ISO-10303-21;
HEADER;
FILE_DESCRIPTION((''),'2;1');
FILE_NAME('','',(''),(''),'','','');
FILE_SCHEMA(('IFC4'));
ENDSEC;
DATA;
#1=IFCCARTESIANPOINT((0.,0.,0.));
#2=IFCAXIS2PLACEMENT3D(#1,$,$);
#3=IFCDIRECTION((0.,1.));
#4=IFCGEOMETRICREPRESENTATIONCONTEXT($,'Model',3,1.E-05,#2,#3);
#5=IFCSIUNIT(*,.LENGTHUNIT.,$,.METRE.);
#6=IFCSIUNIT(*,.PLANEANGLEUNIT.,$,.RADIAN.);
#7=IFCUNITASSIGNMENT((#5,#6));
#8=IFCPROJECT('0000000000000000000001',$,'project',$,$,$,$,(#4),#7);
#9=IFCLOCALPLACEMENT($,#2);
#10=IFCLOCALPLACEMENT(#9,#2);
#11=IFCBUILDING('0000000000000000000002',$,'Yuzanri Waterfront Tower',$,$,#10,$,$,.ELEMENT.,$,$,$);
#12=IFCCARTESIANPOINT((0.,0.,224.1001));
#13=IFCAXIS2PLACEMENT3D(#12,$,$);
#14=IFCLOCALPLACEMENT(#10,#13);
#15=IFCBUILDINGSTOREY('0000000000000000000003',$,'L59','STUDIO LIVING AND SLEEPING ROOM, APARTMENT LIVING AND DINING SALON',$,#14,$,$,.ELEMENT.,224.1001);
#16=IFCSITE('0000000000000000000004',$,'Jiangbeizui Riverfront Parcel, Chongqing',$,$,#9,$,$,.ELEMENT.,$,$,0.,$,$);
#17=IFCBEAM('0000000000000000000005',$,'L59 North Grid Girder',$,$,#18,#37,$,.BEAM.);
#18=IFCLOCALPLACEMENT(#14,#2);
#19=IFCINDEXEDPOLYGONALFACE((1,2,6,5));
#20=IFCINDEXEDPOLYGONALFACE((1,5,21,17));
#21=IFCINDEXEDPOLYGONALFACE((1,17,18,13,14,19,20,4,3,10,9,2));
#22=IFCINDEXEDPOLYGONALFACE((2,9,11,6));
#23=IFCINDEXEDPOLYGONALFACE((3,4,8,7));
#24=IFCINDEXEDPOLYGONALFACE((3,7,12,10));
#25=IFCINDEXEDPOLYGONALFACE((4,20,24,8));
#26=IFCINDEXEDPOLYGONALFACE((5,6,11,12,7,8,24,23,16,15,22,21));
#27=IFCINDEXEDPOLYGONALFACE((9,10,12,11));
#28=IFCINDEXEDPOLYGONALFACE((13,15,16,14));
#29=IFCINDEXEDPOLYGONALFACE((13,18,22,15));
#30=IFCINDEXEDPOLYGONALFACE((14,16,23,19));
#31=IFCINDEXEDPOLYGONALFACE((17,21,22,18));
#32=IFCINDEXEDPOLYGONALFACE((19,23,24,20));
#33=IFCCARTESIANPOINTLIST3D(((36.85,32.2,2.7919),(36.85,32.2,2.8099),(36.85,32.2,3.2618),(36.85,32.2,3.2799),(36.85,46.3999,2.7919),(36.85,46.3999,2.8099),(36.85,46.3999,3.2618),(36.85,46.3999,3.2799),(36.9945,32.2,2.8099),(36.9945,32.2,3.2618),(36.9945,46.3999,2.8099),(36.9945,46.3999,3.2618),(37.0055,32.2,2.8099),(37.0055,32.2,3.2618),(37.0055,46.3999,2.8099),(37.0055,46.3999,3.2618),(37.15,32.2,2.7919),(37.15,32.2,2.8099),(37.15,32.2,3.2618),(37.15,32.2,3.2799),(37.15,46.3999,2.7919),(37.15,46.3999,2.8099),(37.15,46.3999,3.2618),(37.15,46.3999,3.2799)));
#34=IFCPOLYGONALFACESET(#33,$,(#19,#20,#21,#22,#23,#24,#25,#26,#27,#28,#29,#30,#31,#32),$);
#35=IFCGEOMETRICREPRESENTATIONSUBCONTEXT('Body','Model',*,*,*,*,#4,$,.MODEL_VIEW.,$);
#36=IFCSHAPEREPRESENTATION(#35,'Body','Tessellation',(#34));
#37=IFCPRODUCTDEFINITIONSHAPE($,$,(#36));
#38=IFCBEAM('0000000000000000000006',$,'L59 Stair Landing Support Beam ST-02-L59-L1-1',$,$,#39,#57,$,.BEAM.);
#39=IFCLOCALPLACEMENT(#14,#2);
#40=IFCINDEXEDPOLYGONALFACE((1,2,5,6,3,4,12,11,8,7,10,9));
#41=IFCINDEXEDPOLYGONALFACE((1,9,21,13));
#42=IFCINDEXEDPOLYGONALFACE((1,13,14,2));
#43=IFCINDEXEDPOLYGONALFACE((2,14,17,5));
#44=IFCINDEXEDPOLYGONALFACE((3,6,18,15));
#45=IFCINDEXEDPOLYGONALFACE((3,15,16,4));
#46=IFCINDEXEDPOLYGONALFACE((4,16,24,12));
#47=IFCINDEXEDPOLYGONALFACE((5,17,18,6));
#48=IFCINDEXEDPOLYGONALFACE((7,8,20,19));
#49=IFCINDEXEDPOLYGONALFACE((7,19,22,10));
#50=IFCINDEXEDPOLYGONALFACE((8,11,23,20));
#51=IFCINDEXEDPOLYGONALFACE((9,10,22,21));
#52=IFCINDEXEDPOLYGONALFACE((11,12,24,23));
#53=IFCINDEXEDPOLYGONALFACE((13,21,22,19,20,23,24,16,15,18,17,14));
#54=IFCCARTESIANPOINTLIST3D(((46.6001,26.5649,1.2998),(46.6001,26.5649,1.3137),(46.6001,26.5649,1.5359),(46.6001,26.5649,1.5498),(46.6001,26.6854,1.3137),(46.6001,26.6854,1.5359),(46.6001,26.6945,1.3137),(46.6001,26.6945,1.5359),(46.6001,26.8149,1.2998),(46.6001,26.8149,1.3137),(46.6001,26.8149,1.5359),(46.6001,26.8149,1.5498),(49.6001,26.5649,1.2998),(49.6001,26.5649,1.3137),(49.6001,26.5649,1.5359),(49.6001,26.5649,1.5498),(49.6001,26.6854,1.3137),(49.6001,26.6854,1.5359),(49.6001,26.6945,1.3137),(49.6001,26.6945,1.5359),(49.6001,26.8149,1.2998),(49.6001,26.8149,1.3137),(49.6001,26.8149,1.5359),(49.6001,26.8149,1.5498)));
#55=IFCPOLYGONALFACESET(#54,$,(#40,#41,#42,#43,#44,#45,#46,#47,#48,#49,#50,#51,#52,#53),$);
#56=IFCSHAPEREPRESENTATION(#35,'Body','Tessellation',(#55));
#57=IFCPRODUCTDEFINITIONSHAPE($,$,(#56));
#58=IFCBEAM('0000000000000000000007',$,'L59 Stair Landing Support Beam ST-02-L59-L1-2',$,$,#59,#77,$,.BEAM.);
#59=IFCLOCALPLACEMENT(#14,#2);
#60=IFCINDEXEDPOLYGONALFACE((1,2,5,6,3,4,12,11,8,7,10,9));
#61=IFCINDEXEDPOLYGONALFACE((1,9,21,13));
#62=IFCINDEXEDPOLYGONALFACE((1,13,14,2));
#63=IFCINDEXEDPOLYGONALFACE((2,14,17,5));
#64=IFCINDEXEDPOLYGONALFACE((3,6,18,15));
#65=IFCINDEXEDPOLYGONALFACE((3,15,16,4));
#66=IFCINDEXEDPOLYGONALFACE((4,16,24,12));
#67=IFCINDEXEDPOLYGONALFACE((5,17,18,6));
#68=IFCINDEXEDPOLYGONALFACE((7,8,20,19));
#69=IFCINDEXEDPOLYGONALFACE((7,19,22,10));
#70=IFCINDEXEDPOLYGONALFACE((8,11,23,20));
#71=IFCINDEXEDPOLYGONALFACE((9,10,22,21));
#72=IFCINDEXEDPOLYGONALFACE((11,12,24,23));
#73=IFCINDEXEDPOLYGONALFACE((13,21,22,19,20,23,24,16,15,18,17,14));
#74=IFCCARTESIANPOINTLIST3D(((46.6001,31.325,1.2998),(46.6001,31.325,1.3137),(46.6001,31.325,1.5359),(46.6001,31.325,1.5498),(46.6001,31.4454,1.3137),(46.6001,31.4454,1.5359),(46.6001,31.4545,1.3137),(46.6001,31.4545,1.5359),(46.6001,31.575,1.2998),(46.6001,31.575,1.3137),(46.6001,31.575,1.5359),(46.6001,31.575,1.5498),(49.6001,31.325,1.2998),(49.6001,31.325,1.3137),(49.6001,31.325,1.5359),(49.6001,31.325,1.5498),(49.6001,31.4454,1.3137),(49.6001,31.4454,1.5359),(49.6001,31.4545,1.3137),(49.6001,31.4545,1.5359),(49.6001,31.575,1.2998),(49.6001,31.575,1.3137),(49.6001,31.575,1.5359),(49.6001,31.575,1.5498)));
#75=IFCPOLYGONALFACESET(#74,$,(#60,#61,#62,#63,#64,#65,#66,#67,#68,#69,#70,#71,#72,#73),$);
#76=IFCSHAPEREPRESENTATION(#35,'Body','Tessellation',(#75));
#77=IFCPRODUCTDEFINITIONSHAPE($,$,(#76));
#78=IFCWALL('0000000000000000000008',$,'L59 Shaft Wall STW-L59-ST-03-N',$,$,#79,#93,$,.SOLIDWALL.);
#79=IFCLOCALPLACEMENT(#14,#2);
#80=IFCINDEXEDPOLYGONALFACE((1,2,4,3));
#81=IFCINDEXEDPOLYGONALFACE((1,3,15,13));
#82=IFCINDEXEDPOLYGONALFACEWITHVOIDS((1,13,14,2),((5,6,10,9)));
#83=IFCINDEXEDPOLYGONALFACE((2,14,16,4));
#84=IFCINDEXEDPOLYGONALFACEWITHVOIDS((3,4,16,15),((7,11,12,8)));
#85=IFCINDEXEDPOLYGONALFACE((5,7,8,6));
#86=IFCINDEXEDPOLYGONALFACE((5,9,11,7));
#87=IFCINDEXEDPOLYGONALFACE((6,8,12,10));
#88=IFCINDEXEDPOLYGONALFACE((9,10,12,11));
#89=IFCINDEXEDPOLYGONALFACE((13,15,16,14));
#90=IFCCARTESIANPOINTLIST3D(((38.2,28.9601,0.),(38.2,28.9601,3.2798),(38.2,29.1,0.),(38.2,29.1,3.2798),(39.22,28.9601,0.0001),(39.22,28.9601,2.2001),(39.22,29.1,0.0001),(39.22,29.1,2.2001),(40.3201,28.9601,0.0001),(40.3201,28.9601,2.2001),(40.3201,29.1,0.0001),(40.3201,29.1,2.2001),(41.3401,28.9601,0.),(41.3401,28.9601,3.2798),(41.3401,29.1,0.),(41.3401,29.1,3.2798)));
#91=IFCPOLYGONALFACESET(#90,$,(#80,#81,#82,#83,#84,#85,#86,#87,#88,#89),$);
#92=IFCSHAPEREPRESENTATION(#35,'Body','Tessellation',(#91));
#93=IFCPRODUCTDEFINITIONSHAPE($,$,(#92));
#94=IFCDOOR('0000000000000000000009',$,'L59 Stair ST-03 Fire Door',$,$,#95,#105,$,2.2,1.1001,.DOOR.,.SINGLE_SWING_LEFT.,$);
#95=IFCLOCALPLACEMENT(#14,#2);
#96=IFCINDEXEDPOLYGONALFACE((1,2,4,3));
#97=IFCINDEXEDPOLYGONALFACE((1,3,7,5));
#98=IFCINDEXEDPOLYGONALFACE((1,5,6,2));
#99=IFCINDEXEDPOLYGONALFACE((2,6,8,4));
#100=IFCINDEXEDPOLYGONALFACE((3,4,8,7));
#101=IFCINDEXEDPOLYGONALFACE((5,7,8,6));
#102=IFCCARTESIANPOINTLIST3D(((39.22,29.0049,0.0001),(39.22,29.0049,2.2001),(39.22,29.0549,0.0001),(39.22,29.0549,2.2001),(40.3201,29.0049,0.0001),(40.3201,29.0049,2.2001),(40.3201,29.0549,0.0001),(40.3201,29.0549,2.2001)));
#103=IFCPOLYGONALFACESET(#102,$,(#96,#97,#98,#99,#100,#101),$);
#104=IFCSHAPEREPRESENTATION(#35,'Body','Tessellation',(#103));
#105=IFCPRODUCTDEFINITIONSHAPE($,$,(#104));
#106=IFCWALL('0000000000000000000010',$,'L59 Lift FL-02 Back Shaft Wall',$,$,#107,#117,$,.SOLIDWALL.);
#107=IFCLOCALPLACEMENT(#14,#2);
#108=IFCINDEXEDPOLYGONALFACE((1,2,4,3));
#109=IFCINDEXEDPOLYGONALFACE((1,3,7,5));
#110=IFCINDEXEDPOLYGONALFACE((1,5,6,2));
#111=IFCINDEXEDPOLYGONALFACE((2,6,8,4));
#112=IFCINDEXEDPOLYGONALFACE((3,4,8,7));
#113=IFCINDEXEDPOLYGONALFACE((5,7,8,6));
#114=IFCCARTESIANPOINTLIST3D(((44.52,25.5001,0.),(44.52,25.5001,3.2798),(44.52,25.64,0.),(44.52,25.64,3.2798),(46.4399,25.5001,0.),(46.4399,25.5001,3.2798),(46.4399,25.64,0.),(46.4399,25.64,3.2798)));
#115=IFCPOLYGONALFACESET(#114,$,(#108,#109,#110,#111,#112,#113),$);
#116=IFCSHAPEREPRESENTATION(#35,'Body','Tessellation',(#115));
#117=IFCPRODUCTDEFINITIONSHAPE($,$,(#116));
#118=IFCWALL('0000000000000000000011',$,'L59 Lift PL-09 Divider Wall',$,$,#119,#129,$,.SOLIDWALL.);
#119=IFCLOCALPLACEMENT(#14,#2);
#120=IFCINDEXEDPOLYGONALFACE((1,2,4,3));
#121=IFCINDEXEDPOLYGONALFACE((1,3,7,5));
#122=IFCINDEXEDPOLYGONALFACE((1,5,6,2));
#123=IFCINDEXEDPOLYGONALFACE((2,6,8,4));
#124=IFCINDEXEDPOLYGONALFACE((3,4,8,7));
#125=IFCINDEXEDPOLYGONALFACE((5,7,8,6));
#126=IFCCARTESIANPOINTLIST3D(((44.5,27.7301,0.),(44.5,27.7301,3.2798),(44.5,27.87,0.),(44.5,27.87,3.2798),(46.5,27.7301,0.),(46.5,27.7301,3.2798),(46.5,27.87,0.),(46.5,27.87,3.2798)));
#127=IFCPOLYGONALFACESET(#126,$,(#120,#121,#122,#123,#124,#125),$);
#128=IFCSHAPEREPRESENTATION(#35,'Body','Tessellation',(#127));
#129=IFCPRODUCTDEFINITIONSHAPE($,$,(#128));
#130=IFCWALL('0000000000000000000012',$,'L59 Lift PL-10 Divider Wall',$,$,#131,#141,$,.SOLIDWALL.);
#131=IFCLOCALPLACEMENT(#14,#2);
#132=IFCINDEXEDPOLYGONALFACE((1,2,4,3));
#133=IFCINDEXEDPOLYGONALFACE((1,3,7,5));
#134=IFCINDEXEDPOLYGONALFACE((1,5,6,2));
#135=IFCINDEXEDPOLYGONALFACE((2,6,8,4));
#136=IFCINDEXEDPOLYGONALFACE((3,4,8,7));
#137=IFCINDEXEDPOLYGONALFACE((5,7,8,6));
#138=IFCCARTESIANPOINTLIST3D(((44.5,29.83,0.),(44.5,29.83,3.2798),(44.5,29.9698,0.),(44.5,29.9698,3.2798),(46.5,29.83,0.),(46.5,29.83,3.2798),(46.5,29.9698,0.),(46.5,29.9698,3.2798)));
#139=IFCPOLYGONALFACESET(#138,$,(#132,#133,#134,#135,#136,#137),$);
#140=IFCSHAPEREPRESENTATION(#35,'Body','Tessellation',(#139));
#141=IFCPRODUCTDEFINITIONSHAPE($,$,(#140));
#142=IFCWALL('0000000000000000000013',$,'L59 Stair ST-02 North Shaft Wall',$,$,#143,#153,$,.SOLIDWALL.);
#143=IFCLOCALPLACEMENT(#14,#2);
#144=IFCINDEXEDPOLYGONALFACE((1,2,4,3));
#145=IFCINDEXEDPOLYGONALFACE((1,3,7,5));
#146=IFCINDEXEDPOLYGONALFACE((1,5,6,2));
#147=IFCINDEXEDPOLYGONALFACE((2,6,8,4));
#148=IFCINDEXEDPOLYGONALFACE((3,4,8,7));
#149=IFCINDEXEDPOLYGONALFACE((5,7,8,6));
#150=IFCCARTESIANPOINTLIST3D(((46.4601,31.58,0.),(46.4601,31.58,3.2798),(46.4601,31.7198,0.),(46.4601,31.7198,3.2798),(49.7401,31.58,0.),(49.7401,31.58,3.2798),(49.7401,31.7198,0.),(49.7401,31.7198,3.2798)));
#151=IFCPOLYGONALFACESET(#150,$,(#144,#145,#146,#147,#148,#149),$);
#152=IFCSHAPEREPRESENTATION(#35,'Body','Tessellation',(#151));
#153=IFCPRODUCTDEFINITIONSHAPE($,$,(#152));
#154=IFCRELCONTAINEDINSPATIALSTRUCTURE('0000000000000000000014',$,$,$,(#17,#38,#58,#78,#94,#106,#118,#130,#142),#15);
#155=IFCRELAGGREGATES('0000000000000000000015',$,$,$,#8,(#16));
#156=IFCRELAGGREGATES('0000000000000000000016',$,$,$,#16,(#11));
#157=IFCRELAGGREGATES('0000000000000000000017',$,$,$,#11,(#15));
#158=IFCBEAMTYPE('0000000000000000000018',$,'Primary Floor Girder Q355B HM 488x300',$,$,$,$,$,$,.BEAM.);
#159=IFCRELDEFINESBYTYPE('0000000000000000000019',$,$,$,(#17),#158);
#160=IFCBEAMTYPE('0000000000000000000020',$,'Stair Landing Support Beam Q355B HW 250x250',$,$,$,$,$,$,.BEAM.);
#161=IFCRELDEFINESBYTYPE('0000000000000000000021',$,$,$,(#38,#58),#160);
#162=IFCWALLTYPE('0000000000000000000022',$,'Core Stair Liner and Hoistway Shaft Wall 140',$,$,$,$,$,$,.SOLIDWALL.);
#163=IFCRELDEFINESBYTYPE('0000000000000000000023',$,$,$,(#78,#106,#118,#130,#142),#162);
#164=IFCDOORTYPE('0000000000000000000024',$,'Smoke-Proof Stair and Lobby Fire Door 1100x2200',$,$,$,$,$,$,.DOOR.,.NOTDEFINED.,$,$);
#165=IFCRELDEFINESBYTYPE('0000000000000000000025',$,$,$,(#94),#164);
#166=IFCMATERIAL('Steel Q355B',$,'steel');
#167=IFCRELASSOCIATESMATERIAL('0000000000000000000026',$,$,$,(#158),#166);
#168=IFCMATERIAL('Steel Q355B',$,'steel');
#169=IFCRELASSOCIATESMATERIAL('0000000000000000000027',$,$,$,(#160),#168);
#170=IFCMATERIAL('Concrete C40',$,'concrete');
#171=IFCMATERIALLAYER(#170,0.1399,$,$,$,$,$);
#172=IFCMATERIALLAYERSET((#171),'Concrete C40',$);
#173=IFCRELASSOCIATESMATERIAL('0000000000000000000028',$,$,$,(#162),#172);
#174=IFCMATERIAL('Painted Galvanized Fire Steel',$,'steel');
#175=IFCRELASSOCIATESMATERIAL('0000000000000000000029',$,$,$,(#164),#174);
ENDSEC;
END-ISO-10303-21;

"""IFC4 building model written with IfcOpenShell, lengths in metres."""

from ifc_helpers import new_model, si_unit, direction, frame, frame_2d, origin, origin_2d, place, context, subcontext, project, spatial, rectangle, i_section, extrude, source, transform, mapped, material, layer, layer_set, material_profile, profile_set, type_object, element, fill, save


model = new_model("IFC4")

# Units and contexts
model_context = context("Model", 3, precision=1e-05, world=origin(), true_north=direction((0.0, 1.0)))
body_context = subcontext(model_context, "Body", "Model", "MODEL_VIEW")
ifc_project = project(units=[si_unit("LENGTHUNIT", "METRE"), si_unit("PLANEANGLEUNIT", "RADIAN")], contexts=[model_context])

# Site, building, storey
site_placement = place(None, origin())
site = spatial("IfcSite", under=ifc_project, at=site_placement, Name="Jiangbeizui Riverfront Parcel, Chongqing", CompositionType="ELEMENT", RefElevation=0.0)
building_placement = place(site_placement, origin())
building = spatial("IfcBuilding", under=site, at=building_placement, Name="Yuzanri Waterfront Tower", CompositionType="ELEMENT")
storey_placement = place(building_placement, frame((0.0, 0.0, 224.1001)))
storey = spatial("IfcBuildingStorey", under=building, at=storey_placement, Name="L59", Description="STUDIO LIVING AND SLEEPING ROOM, APARTMENT LIVING AND DINING SALON", CompositionType="ELEMENT", Elevation=224.1001)

# Beams
ifc_material_1 = material(Name="Steel Q355B", Category="steel")
ifc_material_profile_1 = material_profile(ifc_material_1, i_section(OverallWidth=0.3, OverallDepth=0.488, WebThickness=0.011, FlangeThickness=0.0181, at=origin_2d()), Name="HM 488x300x11x18")
ifc_profile_set_1 = profile_set([ifc_material_profile_1], Name="Steel Q355B")
beam_type_1 = type_object("IfcBeamType", Name="Primary Floor Girder Q355B HM 488x300", PredefinedType="BEAM", material=ifc_profile_set_1)
shared_shape_1 = source(origin(), body_context, "Body", "SweptSolid", [
    extrude(i_section(OverallWidth=0.3, OverallDepth=0.488, WebThickness=0.011, FlangeThickness=0.0181, at=origin_2d()), origin(), (0.0, 0.0, 1.0), 14.2),
])
beam_placement = place(storey_placement, frame((37.0, 32.2, 3.0359), z_axis=(0.0, 1.0, 0.0), x_axis=(-1.0, 0.0, 0.0)))
element("IfcBeam", 1, at=beam_placement, inside=storey, type_object=beam_type_1, Name="L59 North Grid Girder", PredefinedType="BEAM", context=body_context, shape_type="MappedRepresentation", body=[
    mapped(shared_shape_1, transform((0.0, 0.0, 0.0), scale=1.0)),
])
ifc_material_2 = material(Name="Steel Q355B", Category="steel")
ifc_material_profile_2 = material_profile(ifc_material_2, i_section(OverallWidth=0.25, OverallDepth=0.25, WebThickness=0.009, FlangeThickness=0.0139, at=origin_2d()), Name="HW 250x250x9x14")
ifc_profile_set_2 = profile_set([ifc_material_profile_2], Name="Steel Q355B")
beam_type_2 = type_object("IfcBeamType", Name="Stair Landing Support Beam Q355B HW 250x250", PredefinedType="BEAM", material=ifc_profile_set_2)
shared_shape_2 = source(origin(), body_context, "Body", "SweptSolid", [
    extrude(i_section(OverallWidth=0.25, OverallDepth=0.25, WebThickness=0.009, FlangeThickness=0.0139, at=origin_2d()), origin(), (0.0, 0.0, 1.0), 3.0),
])
for number, where, z_axis, x_axis, name in (
    (2, (46.6001, 26.6899, 1.4248), (1.0, 0.0, 0.0), (0.0, 1.0, 0.0), "L59 Stair Landing Support Beam ST-02-L59-L1-1"),
    (3, (46.6001, 31.45, 1.4248), (1.0, 0.0, 0.0), (0.0, 1.0, 0.0), "L59 Stair Landing Support Beam ST-02-L59-L1-2"),
):
    element("IfcBeam", number, at=place(storey_placement, frame(where, z_axis=z_axis, x_axis=x_axis)), inside=storey, type_object=beam_type_2, Name=name, PredefinedType="BEAM", context=body_context, shape_type="MappedRepresentation", body=[
        mapped(shared_shape_2, transform((0.0, 0.0, 0.0), scale=1.0)),
    ])

# Wall, opening, door
ifc_material_3 = material(Name="Concrete C40", Category="concrete")
ifc_layer_1 = layer(ifc_material_3, 0.1399)
ifc_layer_set_1 = layer_set([ifc_layer_1], Name="Concrete C40")
wall_type = type_object("IfcWallType", Name="Core Stair Liner and Hoistway Shaft Wall 140", PredefinedType="SOLIDWALL", material=ifc_layer_set_1)
wall_1_placement = place(storey_placement, frame((38.2, 29.03, 0.0), z_axis=(0.0, 0.0, 1.0), x_axis=(1.0, 0.0, 0.0)))
wall_1 = element("IfcWall", 4, at=wall_1_placement, inside=storey, type_object=wall_type, Name="L59 Shaft Wall STW-L59-ST-03-N", PredefinedType="SOLIDWALL", context=body_context, shape_type="SweptSolid", body=[
    extrude(rectangle(XDim=3.1401, YDim=0.1399, at=frame_2d((1.5701, 0.0))), origin(), (0.0, 0.0, 1.0), 3.2798),
])
opening_placement = place(wall_1_placement, frame((1.02, 0.0, 0.0)))
opening = element("IfcOpeningElement", 5, at=opening_placement, cuts=wall_1, PredefinedType="OPENING", context=body_context, shape_type="SweptSolid", body=[
    extrude(rectangle(XDim=1.1001, YDim=2.2, at=frame_2d((0.55, 1.1001))), frame((0.0, 0.085, 0.0), z_axis=(0.0, -1.0, 0.0), x_axis=(1.0, 0.0, 0.0)), (0.0, 0.0, 1.0), 0.1697),
])
ifc_material_4 = material(Name="Painted Galvanized Fire Steel", Category="steel")
door_type = type_object("IfcDoorType", Name="Smoke-Proof Stair and Lobby Fire Door 1100x2200", OperationType="NOTDEFINED", PredefinedType="DOOR", material=ifc_material_4)
shared_shape_3 = source(origin(), body_context, "Body", "SweptSolid", [
    extrude(rectangle(XDim=1.1001, YDim=2.2, at=frame_2d((0.55, 1.1001))), frame((0.0, 0.0249, 0.0), z_axis=(0.0, -1.0, 0.0), x_axis=(1.0, 0.0, 0.0)), (0.0, 0.0, 1.0), 0.05),
])
door_placement = place(opening_placement, origin())
door = element("IfcDoor", 6, at=door_placement, inside=storey, type_object=door_type, Name="L59 Stair ST-03 Fire Door", OperationType="SINGLE_SWING_LEFT", OverallHeight=2.2, OverallWidth=1.1001, PredefinedType="DOOR", context=body_context, shape_type="MappedRepresentation", body=[
    mapped(shared_shape_3, transform((0.0, 0.0, 0.0), scale=1.0)),
])
fill(opening, door)

# Walls
shared_shape_4 = source(origin(), body_context, "Body", "SweptSolid", [
    extrude(rectangle(XDim=1.9199, YDim=0.1399, at=frame_2d((0.96, 0.0))), origin(), (0.0, 0.0, 1.0), 3.2798),
])
wall_2_placement = place(storey_placement, frame((44.52, 25.5701, 0.0), z_axis=(0.0, 0.0, 1.0), x_axis=(1.0, 0.0, 0.0)))
element("IfcWall", 7, at=wall_2_placement, inside=storey, type_object=wall_type, Name="L59 Lift FL-02 Back Shaft Wall", PredefinedType="SOLIDWALL", context=body_context, shape_type="MappedRepresentation", body=[
    mapped(shared_shape_4, transform((0.0, 0.0, 0.0), scale=1.0)),
])
shared_shape_5 = source(origin(), body_context, "Body", "SweptSolid", [
    extrude(rectangle(XDim=2.0, YDim=0.1399, at=frame_2d((1.0, 0.0))), origin(), (0.0, 0.0, 1.0), 3.2798),
])
for number, where, z_axis, x_axis, name in (
    (8, (44.5, 27.8, 0.0), (0.0, 0.0, 1.0), (1.0, 0.0, 0.0), "L59 Lift PL-09 Divider Wall"),
    (9, (44.5, 29.8999, 0.0), (0.0, 0.0, 1.0), (1.0, 0.0, 0.0), "L59 Lift PL-10 Divider Wall"),
):
    element("IfcWall", number, at=place(storey_placement, frame(where, z_axis=z_axis, x_axis=x_axis)), inside=storey, type_object=wall_type, Name=name, PredefinedType="SOLIDWALL", context=body_context, shape_type="MappedRepresentation", body=[
        mapped(shared_shape_5, transform((0.0, 0.0, 0.0), scale=1.0)),
    ])
shared_shape_6 = source(origin(), body_context, "Body", "SweptSolid", [
    extrude(rectangle(XDim=3.28, YDim=0.1399, at=frame_2d((1.6401, 0.0))), origin(), (0.0, 0.0, 1.0), 3.2798),
])
wall_3_placement = place(storey_placement, frame((46.46, 31.6499, 0.0), z_axis=(0.0, 0.0, 1.0), x_axis=(1.0, 0.0, 0.0)))
element("IfcWall", 10, at=wall_3_placement, inside=storey, type_object=wall_type, Name="L59 Stair ST-02 North Shaft Wall", PredefinedType="SOLIDWALL", context=body_context, shape_type="MappedRepresentation", body=[
    mapped(shared_shape_6, transform((0.0, 0.0, 0.0), scale=1.0)),
])

save(model, "model.ifc")
